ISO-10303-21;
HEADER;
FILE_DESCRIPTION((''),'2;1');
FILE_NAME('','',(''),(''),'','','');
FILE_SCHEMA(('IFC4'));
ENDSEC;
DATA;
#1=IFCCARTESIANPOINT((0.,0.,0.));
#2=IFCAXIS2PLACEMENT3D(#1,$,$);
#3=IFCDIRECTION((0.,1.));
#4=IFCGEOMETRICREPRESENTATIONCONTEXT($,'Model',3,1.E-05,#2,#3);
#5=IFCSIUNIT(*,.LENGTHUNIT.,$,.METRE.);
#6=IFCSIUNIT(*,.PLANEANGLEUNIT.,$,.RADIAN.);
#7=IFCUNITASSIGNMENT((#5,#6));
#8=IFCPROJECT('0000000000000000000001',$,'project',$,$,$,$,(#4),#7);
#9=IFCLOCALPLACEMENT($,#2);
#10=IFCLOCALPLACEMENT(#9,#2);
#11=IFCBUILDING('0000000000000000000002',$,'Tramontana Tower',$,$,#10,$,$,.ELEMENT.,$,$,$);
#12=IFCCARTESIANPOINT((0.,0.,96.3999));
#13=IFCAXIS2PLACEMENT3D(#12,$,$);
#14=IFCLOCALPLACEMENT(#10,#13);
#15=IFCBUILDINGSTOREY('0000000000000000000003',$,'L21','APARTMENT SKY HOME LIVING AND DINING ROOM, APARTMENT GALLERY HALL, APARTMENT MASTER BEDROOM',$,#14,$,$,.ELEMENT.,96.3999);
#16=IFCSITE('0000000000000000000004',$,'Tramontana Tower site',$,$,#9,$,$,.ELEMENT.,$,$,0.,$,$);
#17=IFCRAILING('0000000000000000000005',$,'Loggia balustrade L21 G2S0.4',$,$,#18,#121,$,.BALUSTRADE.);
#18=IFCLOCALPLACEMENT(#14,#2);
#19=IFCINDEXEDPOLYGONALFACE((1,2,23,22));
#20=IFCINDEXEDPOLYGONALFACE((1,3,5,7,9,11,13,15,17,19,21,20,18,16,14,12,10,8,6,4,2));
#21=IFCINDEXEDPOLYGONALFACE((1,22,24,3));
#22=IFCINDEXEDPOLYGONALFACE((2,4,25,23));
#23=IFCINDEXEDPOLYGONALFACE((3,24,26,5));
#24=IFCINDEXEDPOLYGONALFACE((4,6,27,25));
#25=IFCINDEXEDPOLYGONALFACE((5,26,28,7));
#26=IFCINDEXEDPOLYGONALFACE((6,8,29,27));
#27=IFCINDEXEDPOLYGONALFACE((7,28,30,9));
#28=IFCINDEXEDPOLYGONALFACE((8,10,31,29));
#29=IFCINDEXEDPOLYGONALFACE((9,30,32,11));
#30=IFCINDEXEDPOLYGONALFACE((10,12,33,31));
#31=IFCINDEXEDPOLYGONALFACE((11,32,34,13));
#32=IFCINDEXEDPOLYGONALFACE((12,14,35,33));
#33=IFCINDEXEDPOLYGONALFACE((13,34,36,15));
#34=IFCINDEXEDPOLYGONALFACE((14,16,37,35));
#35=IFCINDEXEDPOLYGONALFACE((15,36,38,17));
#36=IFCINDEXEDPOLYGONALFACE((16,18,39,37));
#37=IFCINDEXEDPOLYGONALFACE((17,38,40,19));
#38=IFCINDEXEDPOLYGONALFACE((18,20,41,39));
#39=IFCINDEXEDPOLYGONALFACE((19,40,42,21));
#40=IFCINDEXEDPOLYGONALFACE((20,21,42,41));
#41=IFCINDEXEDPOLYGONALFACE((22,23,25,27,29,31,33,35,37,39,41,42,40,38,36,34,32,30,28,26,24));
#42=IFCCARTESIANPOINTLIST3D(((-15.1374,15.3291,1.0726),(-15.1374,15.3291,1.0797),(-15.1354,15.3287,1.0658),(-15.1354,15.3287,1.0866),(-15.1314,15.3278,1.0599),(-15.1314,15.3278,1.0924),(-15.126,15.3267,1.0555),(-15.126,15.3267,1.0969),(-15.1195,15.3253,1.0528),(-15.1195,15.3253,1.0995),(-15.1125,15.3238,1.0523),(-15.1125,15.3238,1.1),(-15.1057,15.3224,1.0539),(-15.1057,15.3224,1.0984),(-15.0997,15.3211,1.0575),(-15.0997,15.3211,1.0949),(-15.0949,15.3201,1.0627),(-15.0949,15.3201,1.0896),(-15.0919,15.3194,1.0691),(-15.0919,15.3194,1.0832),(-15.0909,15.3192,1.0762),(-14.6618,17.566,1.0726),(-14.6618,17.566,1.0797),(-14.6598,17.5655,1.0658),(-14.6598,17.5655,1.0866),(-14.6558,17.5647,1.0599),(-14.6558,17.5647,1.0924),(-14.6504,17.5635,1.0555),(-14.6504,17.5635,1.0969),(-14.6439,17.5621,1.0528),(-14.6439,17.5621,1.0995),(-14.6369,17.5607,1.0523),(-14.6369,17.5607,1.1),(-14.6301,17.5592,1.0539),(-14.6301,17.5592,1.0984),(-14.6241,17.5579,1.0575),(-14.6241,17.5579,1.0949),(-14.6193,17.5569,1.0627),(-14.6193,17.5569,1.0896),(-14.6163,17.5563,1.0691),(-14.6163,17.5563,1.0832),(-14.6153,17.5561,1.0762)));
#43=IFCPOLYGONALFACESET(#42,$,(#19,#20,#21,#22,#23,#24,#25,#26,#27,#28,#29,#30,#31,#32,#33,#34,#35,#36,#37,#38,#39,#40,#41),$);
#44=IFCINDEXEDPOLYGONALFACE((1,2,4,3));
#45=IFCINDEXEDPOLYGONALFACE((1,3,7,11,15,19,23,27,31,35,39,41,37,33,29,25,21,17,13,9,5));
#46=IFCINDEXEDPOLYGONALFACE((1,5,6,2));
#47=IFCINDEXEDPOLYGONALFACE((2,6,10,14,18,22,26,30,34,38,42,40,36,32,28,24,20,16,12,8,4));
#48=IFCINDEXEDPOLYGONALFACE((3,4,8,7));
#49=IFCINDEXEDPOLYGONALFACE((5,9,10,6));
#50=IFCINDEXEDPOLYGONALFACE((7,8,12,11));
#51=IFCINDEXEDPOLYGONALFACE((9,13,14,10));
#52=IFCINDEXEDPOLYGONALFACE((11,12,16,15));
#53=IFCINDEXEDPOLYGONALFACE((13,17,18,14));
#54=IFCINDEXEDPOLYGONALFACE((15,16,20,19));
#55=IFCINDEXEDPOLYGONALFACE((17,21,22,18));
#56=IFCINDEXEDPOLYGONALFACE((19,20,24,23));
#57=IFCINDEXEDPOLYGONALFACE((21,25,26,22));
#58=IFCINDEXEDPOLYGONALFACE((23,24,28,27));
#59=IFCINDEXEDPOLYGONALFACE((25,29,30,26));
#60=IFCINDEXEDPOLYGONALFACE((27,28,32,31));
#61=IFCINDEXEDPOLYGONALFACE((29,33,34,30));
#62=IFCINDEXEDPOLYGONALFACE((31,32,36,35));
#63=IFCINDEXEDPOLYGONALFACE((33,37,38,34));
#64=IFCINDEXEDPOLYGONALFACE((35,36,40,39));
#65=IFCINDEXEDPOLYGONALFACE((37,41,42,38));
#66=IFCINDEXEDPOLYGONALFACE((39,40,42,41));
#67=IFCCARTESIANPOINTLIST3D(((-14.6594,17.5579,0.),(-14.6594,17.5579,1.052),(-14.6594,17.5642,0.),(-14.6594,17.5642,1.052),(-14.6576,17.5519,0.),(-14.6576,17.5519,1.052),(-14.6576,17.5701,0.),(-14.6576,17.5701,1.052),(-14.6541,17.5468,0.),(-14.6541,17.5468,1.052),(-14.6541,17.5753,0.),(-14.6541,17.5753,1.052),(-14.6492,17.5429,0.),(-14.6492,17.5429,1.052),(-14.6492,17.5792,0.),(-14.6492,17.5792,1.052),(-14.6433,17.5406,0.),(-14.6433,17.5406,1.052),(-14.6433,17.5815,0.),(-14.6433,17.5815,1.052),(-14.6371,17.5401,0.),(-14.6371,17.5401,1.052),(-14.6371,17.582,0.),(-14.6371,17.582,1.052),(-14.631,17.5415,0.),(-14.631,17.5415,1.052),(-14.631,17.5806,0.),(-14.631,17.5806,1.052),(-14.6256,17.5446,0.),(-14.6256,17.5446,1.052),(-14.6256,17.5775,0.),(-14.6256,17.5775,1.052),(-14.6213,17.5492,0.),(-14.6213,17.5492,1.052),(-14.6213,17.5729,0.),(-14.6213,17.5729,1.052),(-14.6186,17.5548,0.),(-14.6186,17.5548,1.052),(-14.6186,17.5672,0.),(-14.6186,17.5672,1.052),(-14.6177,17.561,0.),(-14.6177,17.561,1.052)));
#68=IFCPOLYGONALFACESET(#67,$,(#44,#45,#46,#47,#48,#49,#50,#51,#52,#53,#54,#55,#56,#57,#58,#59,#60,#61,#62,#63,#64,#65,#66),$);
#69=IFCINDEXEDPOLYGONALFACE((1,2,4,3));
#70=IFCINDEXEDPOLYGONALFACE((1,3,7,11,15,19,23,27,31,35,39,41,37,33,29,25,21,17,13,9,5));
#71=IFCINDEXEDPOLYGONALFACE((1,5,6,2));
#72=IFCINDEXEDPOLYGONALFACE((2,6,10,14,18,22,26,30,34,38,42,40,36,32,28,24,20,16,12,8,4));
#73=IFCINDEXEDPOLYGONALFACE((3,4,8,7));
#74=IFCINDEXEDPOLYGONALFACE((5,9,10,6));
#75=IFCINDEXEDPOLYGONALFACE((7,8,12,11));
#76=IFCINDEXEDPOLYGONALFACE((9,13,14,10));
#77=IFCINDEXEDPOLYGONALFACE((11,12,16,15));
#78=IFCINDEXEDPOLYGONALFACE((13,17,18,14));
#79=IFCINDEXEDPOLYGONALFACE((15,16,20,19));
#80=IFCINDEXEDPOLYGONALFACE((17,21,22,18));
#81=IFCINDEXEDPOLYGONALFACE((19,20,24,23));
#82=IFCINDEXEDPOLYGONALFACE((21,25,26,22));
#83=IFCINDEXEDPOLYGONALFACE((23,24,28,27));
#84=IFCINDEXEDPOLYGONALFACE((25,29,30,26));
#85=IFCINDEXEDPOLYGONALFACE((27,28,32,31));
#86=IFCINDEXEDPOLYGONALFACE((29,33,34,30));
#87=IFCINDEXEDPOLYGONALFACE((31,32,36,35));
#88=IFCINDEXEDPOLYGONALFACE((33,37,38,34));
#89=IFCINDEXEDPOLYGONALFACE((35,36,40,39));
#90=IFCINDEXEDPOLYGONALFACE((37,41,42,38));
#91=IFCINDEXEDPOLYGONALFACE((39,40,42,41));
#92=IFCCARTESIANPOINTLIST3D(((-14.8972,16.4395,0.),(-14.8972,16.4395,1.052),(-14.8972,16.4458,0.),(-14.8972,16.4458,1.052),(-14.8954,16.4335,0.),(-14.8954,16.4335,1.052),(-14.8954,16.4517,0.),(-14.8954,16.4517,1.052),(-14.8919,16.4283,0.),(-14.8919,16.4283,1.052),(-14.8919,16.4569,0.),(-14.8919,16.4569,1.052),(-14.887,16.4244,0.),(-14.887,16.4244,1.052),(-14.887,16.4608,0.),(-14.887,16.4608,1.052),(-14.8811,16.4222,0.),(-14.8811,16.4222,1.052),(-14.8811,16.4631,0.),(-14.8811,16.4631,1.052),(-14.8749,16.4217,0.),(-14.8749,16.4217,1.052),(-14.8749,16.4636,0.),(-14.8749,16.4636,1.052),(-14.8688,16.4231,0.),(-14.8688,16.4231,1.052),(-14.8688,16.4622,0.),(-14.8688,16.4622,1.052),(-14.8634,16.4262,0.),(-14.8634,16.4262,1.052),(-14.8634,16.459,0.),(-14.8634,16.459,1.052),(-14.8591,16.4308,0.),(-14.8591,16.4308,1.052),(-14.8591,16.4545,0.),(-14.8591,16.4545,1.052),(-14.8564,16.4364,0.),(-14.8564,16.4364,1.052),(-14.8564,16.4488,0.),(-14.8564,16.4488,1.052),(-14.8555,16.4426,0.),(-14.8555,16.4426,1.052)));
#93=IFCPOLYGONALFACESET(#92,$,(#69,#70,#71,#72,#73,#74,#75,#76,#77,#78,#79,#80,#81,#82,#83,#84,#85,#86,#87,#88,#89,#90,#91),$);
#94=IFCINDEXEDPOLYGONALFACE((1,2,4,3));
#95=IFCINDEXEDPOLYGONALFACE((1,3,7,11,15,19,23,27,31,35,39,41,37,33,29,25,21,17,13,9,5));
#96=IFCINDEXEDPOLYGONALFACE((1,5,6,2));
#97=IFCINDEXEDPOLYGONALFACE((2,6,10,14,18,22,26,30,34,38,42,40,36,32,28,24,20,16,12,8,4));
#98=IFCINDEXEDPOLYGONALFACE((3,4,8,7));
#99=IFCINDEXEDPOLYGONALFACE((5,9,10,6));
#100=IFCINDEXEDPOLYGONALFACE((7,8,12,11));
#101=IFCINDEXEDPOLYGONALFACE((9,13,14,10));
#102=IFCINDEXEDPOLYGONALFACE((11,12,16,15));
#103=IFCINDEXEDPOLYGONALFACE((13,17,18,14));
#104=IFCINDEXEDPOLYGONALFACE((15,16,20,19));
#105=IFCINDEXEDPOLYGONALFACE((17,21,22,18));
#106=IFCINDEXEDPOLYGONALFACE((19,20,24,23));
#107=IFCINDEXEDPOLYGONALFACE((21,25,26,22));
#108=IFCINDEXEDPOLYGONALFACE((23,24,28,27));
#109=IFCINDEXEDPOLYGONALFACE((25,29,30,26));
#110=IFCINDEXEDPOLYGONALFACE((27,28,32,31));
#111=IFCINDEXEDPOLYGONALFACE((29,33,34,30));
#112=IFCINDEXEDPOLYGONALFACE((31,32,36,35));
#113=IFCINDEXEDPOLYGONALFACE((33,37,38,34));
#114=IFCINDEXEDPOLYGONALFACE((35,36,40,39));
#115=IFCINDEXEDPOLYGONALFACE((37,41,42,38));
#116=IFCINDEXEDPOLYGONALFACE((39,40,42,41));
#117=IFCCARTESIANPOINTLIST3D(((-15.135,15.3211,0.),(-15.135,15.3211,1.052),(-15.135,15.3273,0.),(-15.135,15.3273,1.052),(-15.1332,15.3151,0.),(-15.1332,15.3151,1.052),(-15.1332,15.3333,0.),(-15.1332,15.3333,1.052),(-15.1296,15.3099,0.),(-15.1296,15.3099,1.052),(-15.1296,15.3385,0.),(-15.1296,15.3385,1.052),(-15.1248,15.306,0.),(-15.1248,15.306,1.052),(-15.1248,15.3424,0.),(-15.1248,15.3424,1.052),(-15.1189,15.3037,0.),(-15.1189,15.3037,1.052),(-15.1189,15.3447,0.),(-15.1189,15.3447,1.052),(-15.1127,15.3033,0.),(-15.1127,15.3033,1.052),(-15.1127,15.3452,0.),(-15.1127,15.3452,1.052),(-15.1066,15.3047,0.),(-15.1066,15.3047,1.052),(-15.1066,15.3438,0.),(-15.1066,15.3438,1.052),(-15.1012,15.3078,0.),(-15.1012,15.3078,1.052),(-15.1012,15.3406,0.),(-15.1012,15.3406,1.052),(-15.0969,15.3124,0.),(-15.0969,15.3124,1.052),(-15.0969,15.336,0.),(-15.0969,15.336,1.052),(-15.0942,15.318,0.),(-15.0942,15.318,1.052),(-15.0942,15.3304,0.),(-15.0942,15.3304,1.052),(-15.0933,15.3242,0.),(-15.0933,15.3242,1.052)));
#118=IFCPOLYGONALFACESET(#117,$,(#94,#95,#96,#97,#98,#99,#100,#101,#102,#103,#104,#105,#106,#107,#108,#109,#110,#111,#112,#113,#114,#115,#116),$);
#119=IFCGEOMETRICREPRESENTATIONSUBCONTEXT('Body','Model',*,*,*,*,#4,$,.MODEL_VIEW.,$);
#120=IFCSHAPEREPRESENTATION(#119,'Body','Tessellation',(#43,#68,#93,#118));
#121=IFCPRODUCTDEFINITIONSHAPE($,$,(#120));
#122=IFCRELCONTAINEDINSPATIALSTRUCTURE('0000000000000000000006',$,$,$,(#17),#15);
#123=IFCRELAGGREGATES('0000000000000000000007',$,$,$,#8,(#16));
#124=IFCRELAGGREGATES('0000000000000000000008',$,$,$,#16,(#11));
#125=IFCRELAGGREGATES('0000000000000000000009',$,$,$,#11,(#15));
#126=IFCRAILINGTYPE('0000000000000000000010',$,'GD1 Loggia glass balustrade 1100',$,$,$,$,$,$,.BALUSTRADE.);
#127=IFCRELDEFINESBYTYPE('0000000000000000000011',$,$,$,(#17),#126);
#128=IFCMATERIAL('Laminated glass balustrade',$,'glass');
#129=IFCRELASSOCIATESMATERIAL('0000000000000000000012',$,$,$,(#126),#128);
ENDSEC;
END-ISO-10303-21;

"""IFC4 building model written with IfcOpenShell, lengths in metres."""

from ifc_helpers import new_model, si_unit, direction, frame, origin, origin_2d, place, context, subcontext, project, spatial, circle, extrude, material, type_object, element, save


model = new_model("IFC4")

# Units and contexts
model_context = context("Model", 3, precision=1e-05, world=origin(), true_north=direction((0.0, 1.0)))
body_context = subcontext(model_context, "Body", "Model", "MODEL_VIEW")
ifc_project = project(units=[si_unit("LENGTHUNIT", "METRE"), si_unit("PLANEANGLEUNIT", "RADIAN")], contexts=[model_context])

# Site, building, storey
site_placement = place(None, origin())
site = spatial("IfcSite", under=ifc_project, at=site_placement, Name="Tramontana Tower site", CompositionType="ELEMENT", RefElevation=0.0)
building_placement = place(site_placement, origin())
building = spatial("IfcBuilding", under=site, at=building_placement, Name="Tramontana Tower", CompositionType="ELEMENT")
storey_placement = place(building_placement, frame((0.0, 0.0, 96.3999)))
storey = spatial("IfcBuildingStorey", under=building, at=storey_placement, Name="L21", Description="APARTMENT SKY HOME LIVING AND DINING ROOM, APARTMENT GALLERY HALL, APARTMENT MASTER BEDROOM", CompositionType="ELEMENT", Elevation=96.3999)

# Railing
ifc_material_1 = material(Name="Laminated glass balustrade", Category="glass")
railing_type = type_object("IfcRailingType", Name="GD1 Loggia glass balustrade 1100", PredefinedType="BALUSTRADE", material=ifc_material_1)
railing_placement = place(storey_placement, frame((-14.6387, 17.561, 0.0)))
element("IfcRailing", 1, at=railing_placement, inside=storey, type_object=railing_type, Name="Loggia balustrade L21 G2S0.4", PredefinedType="BALUSTRADE", context=body_context, shape_type="SweptSolid", body=[
    extrude(circle(Radius=0.0239, at=origin_2d()), frame((0.0, 0.0, 1.0762), z_axis=(-0.207969, -0.978136, 0.0), x_axis=(0.978136, -0.207969, 0.0)), (0.0, 0.0, 1.0), 2.2869),
    extrude(circle(Radius=0.021, at=origin_2d()), origin(), (0.0, 0.0, 1.0), 1.052),
    extrude(circle(Radius=0.021, at=origin_2d()), frame((-0.2378, -1.1184, 0.0)), (0.0, 0.0, 1.0), 1.052),
    extrude(circle(Radius=0.021, at=origin_2d()), frame((-0.4756, -2.2368, 0.0)), (0.0, 0.0, 1.0), 1.052),
])

save(model, "model.ifc")
